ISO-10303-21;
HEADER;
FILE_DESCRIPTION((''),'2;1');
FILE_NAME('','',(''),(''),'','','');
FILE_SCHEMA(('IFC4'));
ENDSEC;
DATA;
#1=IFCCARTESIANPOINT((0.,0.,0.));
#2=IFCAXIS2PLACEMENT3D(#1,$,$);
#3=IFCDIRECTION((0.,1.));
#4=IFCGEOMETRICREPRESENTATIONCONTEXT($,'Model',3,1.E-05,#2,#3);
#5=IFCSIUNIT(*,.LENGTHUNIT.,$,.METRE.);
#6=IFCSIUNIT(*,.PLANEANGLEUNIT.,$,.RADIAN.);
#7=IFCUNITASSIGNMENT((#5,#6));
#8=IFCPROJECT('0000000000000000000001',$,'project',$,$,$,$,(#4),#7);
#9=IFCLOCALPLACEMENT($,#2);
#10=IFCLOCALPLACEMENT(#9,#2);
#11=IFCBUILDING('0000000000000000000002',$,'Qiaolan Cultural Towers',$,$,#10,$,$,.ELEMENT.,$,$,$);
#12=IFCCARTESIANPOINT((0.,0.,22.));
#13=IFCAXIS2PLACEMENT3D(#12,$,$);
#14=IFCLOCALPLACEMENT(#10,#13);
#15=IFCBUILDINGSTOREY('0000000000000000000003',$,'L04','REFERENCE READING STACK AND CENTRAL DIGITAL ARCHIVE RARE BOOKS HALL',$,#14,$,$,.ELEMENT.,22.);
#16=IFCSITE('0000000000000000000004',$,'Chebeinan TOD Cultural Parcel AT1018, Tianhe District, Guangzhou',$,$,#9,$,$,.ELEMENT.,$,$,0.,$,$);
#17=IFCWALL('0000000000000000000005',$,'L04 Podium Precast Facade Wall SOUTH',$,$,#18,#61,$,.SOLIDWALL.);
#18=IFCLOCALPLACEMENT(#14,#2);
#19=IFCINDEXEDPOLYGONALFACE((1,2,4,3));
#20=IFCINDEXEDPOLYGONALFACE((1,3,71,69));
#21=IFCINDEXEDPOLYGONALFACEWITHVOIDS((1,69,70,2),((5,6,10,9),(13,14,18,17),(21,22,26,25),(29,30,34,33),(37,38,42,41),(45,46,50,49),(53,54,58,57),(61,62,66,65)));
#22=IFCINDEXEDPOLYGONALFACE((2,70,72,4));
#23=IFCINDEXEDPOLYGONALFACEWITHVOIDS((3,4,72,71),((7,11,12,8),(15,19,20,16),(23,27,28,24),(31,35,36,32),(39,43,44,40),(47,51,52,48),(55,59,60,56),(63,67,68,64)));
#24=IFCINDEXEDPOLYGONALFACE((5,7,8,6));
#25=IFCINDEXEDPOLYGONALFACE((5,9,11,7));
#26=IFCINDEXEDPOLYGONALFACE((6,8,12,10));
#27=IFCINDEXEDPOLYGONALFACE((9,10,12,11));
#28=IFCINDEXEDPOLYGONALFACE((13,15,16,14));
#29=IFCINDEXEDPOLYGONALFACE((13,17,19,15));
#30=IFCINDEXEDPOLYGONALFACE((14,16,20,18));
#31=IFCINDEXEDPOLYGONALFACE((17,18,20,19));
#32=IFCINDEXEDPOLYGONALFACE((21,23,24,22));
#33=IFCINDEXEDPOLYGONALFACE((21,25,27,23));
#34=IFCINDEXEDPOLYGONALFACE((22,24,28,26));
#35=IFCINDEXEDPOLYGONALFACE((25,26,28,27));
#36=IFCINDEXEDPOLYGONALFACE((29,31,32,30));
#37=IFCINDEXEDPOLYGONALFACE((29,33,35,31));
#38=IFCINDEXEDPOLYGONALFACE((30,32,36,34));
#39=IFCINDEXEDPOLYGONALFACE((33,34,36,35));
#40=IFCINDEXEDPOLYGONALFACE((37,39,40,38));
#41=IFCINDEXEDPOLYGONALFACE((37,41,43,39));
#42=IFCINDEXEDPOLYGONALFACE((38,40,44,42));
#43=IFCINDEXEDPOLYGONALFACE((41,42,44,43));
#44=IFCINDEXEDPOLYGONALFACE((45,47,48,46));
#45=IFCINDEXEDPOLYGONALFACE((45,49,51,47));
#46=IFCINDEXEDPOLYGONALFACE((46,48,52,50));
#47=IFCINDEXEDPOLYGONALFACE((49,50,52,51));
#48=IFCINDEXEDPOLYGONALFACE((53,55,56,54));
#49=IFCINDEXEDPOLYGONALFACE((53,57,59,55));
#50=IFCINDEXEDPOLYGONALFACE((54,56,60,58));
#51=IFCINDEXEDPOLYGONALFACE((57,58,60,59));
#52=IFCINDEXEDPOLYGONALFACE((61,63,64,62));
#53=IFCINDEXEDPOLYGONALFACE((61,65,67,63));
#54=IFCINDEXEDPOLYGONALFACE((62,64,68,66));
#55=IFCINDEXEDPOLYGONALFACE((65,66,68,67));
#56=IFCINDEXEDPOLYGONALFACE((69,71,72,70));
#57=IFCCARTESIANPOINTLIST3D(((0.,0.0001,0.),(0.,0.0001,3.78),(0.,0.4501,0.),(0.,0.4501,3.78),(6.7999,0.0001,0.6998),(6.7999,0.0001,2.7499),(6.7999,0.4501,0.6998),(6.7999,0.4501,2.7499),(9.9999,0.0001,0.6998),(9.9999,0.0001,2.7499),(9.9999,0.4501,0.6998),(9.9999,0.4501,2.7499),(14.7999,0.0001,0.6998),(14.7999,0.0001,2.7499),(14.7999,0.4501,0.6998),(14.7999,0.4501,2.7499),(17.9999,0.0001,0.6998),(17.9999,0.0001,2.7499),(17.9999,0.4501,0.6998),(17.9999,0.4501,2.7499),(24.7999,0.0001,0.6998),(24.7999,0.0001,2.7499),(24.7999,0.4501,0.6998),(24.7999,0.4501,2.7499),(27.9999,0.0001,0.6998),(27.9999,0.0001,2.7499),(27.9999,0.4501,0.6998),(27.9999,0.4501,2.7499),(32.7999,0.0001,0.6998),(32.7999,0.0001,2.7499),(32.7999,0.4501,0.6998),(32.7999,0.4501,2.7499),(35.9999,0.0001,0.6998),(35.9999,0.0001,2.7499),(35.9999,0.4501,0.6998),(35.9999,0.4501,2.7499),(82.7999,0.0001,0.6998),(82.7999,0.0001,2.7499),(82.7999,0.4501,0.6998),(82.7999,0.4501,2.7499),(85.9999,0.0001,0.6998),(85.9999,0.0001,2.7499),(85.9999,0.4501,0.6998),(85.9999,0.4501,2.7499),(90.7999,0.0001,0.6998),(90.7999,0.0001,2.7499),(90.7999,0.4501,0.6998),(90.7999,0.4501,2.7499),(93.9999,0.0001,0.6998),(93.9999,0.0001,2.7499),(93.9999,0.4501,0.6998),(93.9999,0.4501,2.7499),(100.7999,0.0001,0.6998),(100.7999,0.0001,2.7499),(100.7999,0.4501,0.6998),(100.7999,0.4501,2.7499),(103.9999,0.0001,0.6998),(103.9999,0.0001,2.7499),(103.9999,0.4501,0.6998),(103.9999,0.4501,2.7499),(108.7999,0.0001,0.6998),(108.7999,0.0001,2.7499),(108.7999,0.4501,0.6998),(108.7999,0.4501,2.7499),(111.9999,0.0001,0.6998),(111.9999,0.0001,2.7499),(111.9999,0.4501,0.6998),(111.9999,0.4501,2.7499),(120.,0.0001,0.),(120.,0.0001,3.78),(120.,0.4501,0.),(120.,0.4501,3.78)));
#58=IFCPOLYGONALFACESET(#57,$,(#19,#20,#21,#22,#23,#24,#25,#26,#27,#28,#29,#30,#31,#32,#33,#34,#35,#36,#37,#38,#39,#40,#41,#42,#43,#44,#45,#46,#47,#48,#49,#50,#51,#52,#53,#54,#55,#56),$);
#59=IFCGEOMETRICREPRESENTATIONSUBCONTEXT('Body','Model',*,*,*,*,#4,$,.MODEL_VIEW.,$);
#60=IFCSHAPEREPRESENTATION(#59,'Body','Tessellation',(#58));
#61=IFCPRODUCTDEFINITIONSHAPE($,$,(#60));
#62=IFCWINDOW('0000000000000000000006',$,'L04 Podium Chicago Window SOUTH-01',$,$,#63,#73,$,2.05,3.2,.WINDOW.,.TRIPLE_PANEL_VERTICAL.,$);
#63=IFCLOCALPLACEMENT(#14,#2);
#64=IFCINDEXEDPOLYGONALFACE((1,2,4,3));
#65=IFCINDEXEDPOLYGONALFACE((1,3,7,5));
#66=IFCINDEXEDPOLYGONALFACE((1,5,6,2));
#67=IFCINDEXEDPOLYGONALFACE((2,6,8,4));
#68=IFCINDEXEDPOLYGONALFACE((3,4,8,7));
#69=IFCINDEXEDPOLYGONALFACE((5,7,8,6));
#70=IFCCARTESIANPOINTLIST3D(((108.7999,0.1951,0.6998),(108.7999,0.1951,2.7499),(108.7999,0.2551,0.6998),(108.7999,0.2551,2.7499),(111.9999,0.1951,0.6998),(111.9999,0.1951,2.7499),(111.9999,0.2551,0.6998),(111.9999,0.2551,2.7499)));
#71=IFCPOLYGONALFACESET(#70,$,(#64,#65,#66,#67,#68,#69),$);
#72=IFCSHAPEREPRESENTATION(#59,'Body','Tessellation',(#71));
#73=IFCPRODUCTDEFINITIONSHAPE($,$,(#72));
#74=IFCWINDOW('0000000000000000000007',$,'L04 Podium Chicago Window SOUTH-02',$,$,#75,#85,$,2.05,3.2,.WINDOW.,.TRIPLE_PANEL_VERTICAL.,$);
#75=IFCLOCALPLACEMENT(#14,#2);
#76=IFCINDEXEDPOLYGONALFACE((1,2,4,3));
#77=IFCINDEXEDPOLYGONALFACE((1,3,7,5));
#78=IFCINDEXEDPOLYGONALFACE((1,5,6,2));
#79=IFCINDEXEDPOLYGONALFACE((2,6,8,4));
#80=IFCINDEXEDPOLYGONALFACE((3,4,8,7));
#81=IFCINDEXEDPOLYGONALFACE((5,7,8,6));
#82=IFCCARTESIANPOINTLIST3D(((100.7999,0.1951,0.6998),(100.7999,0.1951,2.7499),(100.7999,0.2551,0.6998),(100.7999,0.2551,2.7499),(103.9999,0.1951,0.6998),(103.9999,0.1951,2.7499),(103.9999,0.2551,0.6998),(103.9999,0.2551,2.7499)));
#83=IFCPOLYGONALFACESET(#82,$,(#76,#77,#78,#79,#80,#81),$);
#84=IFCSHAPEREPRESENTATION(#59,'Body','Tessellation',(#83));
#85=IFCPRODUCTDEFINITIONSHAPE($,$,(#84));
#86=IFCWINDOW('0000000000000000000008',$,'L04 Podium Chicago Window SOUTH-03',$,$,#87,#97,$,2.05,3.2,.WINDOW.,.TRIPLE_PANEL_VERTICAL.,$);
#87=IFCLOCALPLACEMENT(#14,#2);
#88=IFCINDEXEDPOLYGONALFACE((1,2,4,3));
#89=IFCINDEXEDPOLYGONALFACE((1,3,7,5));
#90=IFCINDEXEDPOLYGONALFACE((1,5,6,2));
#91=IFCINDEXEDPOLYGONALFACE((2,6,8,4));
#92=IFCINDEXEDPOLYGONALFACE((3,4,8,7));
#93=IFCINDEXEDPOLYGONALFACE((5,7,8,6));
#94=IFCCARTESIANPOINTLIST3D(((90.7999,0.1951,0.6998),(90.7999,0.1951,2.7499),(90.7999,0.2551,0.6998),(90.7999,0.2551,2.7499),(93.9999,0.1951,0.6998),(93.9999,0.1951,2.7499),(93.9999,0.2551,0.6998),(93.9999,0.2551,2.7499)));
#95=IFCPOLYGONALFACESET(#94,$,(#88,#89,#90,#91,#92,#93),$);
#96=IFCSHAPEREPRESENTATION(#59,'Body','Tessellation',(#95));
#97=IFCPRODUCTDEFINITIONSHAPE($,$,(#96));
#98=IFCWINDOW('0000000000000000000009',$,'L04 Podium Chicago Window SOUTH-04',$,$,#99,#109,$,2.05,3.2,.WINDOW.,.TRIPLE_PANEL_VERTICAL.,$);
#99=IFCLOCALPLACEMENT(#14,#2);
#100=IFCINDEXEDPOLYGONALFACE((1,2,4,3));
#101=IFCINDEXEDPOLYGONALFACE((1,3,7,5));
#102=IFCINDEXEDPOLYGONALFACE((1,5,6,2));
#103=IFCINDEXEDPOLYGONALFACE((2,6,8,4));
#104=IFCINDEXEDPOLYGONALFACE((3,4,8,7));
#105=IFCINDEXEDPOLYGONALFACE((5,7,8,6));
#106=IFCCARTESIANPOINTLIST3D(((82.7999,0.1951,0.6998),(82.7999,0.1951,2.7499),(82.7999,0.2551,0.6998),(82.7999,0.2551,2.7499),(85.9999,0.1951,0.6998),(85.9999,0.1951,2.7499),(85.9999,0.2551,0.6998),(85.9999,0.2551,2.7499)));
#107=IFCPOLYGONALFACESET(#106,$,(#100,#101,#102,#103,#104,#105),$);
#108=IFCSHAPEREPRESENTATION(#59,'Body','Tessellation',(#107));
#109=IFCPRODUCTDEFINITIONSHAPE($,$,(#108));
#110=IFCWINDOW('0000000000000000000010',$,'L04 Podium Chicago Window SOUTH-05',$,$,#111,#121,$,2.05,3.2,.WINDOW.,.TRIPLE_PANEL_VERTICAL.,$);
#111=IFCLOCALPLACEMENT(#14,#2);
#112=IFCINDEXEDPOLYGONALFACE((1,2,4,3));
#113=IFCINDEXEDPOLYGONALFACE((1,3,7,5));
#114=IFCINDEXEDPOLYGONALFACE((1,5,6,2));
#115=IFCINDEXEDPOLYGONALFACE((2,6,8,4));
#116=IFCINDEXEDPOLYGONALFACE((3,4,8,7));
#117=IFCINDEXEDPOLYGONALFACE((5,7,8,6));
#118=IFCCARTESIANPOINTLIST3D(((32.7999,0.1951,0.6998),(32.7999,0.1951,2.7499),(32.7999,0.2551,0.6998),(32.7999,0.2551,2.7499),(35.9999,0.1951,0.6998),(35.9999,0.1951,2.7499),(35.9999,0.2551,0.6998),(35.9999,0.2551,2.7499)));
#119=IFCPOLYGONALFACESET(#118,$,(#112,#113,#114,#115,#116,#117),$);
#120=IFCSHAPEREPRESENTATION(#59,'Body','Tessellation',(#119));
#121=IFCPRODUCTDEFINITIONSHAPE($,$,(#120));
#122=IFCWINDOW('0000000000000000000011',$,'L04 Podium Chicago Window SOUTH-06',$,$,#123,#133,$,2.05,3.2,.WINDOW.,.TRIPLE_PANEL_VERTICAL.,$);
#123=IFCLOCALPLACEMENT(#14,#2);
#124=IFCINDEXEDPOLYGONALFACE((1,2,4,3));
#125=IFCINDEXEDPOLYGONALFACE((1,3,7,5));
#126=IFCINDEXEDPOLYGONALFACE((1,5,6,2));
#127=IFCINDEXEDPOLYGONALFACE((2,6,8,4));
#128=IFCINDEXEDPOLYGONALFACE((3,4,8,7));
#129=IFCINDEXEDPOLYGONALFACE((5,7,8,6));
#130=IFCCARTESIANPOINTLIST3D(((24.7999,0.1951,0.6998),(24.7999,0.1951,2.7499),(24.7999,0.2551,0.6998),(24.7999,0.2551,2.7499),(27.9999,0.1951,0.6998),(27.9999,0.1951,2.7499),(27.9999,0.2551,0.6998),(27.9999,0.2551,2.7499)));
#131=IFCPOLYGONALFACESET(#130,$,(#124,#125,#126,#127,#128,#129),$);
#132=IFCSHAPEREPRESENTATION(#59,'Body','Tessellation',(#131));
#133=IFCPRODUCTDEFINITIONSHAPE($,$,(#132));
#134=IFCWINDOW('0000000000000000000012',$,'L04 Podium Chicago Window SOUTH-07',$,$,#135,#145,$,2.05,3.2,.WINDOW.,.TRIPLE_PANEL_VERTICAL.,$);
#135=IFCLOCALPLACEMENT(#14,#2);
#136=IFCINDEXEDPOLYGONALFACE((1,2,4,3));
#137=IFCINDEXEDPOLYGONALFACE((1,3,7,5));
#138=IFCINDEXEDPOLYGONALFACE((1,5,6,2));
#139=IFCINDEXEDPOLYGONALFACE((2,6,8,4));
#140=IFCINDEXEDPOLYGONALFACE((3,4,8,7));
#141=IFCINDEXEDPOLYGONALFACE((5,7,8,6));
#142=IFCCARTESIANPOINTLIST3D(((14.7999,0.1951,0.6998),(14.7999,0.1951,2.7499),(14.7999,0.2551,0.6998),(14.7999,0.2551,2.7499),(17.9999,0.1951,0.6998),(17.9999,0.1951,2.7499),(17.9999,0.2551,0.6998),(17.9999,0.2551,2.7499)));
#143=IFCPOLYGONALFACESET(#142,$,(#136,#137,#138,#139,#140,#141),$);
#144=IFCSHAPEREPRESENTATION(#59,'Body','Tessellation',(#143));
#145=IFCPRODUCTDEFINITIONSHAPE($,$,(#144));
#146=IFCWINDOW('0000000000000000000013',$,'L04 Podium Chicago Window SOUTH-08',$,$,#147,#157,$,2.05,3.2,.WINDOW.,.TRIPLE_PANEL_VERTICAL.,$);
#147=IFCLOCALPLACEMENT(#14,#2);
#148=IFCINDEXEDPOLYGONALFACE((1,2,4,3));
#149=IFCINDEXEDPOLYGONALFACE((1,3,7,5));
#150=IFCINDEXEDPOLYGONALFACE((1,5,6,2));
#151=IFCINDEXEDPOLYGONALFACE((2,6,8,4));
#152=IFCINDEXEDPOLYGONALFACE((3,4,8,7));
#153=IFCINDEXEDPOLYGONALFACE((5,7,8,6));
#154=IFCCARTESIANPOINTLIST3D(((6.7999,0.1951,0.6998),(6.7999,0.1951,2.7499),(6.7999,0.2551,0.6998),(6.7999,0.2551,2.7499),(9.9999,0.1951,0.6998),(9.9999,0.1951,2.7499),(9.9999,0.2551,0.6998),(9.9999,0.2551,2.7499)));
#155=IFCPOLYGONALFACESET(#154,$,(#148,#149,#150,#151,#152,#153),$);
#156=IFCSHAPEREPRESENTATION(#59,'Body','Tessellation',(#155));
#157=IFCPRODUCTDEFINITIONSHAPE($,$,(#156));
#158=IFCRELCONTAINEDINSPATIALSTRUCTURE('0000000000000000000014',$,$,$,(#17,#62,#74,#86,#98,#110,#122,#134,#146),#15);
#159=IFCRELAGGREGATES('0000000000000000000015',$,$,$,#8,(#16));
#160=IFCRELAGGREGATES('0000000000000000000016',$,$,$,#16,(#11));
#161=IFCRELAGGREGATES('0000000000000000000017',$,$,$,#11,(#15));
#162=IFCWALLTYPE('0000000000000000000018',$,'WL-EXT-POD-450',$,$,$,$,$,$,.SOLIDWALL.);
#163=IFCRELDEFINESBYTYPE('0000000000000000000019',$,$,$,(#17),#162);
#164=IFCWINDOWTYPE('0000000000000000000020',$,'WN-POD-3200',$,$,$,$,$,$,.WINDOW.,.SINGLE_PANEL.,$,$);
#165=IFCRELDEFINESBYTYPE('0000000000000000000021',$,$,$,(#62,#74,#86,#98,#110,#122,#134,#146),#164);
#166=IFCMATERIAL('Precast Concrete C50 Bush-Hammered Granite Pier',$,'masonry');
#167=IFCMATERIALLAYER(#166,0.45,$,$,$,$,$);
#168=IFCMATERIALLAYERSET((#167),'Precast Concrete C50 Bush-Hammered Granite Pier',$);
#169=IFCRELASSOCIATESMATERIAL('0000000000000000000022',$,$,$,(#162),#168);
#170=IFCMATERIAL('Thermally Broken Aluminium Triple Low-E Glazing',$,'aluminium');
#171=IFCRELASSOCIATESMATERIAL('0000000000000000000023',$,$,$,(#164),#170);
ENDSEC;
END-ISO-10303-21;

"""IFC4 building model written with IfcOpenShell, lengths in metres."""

from ifc_helpers import new_model, si_unit, direction, frame, frame_2d, origin, place, context, subcontext, project, spatial, rectangle, extrude, material, layer, layer_set, type_object, element, fill, save


model = new_model("IFC4")

# Units and contexts
model_context = context("Model", 3, precision=1e-05, world=origin(), true_north=direction((0.0, 1.0)))
body_context = subcontext(model_context, "Body", "Model", "MODEL_VIEW")
ifc_project = project(units=[si_unit("LENGTHUNIT", "METRE"), si_unit("PLANEANGLEUNIT", "RADIAN")], contexts=[model_context])

# Site, building, storey
site_placement = place(None, origin())
site = spatial("IfcSite", under=ifc_project, at=site_placement, Name="Chebeinan TOD Cultural Parcel AT1018, Tianhe District, Guangzhou", CompositionType="ELEMENT", RefElevation=0.0)
building_placement = place(site_placement, origin())
building = spatial("IfcBuilding", under=site, at=building_placement, Name="Qiaolan Cultural Towers", CompositionType="ELEMENT")
storey_placement = place(building_placement, frame((0.0, 0.0, 22.0)))
storey = spatial("IfcBuildingStorey", under=building, at=storey_placement, Name="L04", Description="REFERENCE READING STACK AND CENTRAL DIGITAL ARCHIVE RARE BOOKS HALL", CompositionType="ELEMENT", Elevation=22.0)

# Wall, openings, windows
ifc_material_1 = material(Name="Precast Concrete C50 Bush-Hammered Granite Pier", Category="masonry")
ifc_layer_1 = layer(ifc_material_1, 0.45)
ifc_layer_set_1 = layer_set([ifc_layer_1], Name="Precast Concrete C50 Bush-Hammered Granite Pier")
wall_type_1 = type_object("IfcWallType", Name="WL-EXT-POD-450", PredefinedType="SOLIDWALL", material=ifc_layer_set_1)
wall_1_placement = place(storey_placement, frame((120.0, 0.2251, 0.0), z_axis=(0.0, 0.0, 1.0), x_axis=(-1.0, 0.0, 0.0)))
wall_1 = element("IfcWall", 1, at=wall_1_placement, inside=storey, type_object=wall_type_1, Name="L04 Podium Precast Facade Wall SOUTH", PredefinedType="SOLIDWALL", context=body_context, shape_type="SweptSolid", body=[
    extrude(rectangle(XDim=120.0, YDim=0.45, at=frame_2d((60.0, 0.0))), origin(), (0.0, 0.0, 1.0), 3.78),
])
opening_1_placement = place(wall_1_placement, frame((8.0, 0.0, 0.7)))
opening_1 = element("IfcOpeningElement", 2, at=opening_1_placement, cuts=wall_1, PredefinedType="OPENING", context=body_context, shape_type="SweptSolid", body=[
    extrude(rectangle(XDim=3.2, YDim=2.05, at=frame_2d((1.6001, 1.0249))), frame((0.0, 0.2349, 0.0), z_axis=(0.0, -1.0, 0.0), x_axis=(1.0, 0.0, 0.0)), (0.0, 0.0, 1.0), 0.47),
])
opening_2_placement = place(wall_1_placement, frame((16.0, 0.0, 0.7)))
opening_2 = element("IfcOpeningElement", 3, at=opening_2_placement, cuts=wall_1, PredefinedType="OPENING", context=body_context, shape_type="SweptSolid", body=[
    extrude(rectangle(XDim=3.2, YDim=2.05, at=frame_2d((1.6001, 1.0249))), frame((0.0, 0.2349, 0.0), z_axis=(0.0, -1.0, 0.0), x_axis=(1.0, 0.0, 0.0)), (0.0, 0.0, 1.0), 0.47),
])
opening_3_placement = place(wall_1_placement, frame((26.0, 0.0, 0.7)))
opening_3 = element("IfcOpeningElement", 4, at=opening_3_placement, cuts=wall_1, PredefinedType="OPENING", context=body_context, shape_type="SweptSolid", body=[
    extrude(rectangle(XDim=3.2, YDim=2.05, at=frame_2d((1.6001, 1.0249))), frame((0.0, 0.2349, 0.0), z_axis=(0.0, -1.0, 0.0), x_axis=(1.0, 0.0, 0.0)), (0.0, 0.0, 1.0), 0.47),
])
opening_4_placement = place(wall_1_placement, frame((34.0, 0.0, 0.7)))
opening_4 = element("IfcOpeningElement", 5, at=opening_4_placement, cuts=wall_1, PredefinedType="OPENING", context=body_context, shape_type="SweptSolid", body=[
    extrude(rectangle(XDim=3.2, YDim=2.05, at=frame_2d((1.6001, 1.0249))), frame((0.0, 0.2349, 0.0), z_axis=(0.0, -1.0, 0.0), x_axis=(1.0, 0.0, 0.0)), (0.0, 0.0, 1.0), 0.47),
])
opening_5_placement = place(wall_1_placement, frame((84.0, 0.0, 0.7)))
opening_5 = element("IfcOpeningElement", 6, at=opening_5_placement, cuts=wall_1, PredefinedType="OPENING", context=body_context, shape_type="SweptSolid", body=[
    extrude(rectangle(XDim=3.2, YDim=2.05, at=frame_2d((1.6001, 1.0249))), frame((0.0, 0.2349, 0.0), z_axis=(0.0, -1.0, 0.0), x_axis=(1.0, 0.0, 0.0)), (0.0, 0.0, 1.0), 0.47),
])
opening_6_placement = place(wall_1_placement, frame((92.0, 0.0, 0.7)))
opening_6 = element("IfcOpeningElement", 7, at=opening_6_placement, cuts=wall_1, PredefinedType="OPENING", context=body_context, shape_type="SweptSolid", body=[
    extrude(rectangle(XDim=3.2, YDim=2.05, at=frame_2d((1.6001, 1.0249))), frame((0.0, 0.2349, 0.0), z_axis=(0.0, -1.0, 0.0), x_axis=(1.0, 0.0, 0.0)), (0.0, 0.0, 1.0), 0.47),
])
opening_7_placement = place(wall_1_placement, frame((102.0, 0.0, 0.7)))
opening_7 = element("IfcOpeningElement", 8, at=opening_7_placement, cuts=wall_1, PredefinedType="OPENING", context=body_context, shape_type="SweptSolid", body=[
    extrude(rectangle(XDim=3.2, YDim=2.05, at=frame_2d((1.6001, 1.0249))), frame((0.0, 0.2349, 0.0), z_axis=(0.0, -1.0, 0.0), x_axis=(1.0, 0.0, 0.0)), (0.0, 0.0, 1.0), 0.47),
])
opening_8_placement = place(wall_1_placement, frame((110.0, 0.0, 0.7)))
opening_8 = element("IfcOpeningElement", 9, at=opening_8_placement, cuts=wall_1, PredefinedType="OPENING", context=body_context, shape_type="SweptSolid", body=[
    extrude(rectangle(XDim=3.2, YDim=2.05, at=frame_2d((1.6001, 1.0249))), frame((0.0, 0.2349, 0.0), z_axis=(0.0, -1.0, 0.0), x_axis=(1.0, 0.0, 0.0)), (0.0, 0.0, 1.0), 0.47),
])
ifc_material_2 = material(Name="Thermally Broken Aluminium Triple Low-E Glazing", Category="aluminium")
window_type = type_object("IfcWindowType", Name="WN-POD-3200", PartitioningType="SINGLE_PANEL", PredefinedType="WINDOW", material=ifc_material_2)
window_1_placement = place(opening_1_placement, origin())
window_1 = element("IfcWindow", 10, at=window_1_placement, inside=storey, type_object=window_type, Name="L04 Podium Chicago Window SOUTH-01", OverallHeight=2.05, OverallWidth=3.2, PartitioningType="TRIPLE_PANEL_VERTICAL", PredefinedType="WINDOW", context=body_context, shape_type="SweptSolid", body=[
    extrude(rectangle(XDim=3.2, YDim=2.05, at=frame_2d((1.6001, 1.0249))), frame((0.0, 0.03, 0.0), z_axis=(0.0, -1.0, 0.0), x_axis=(1.0, 0.0, 0.0)), (0.0, 0.0, 1.0), 0.0601),
])
fill(opening_1, window_1)
window_2_placement = place(opening_2_placement, origin())
window_2 = element("IfcWindow", 11, at=window_2_placement, inside=storey, type_object=window_type, Name="L04 Podium Chicago Window SOUTH-02", OverallHeight=2.05, OverallWidth=3.2, PartitioningType="TRIPLE_PANEL_VERTICAL", PredefinedType="WINDOW", context=body_context, shape_type="SweptSolid", body=[
    extrude(rectangle(XDim=3.2, YDim=2.05, at=frame_2d((1.6001, 1.0249))), frame((0.0, 0.03, 0.0), z_axis=(0.0, -1.0, 0.0), x_axis=(1.0, 0.0, 0.0)), (0.0, 0.0, 1.0), 0.0601),
])
fill(opening_2, window_2)
window_3_placement = place(opening_3_placement, origin())
window_3 = element("IfcWindow", 12, at=window_3_placement, inside=storey, type_object=window_type, Name="L04 Podium Chicago Window SOUTH-03", OverallHeight=2.05, OverallWidth=3.2, PartitioningType="TRIPLE_PANEL_VERTICAL", PredefinedType="WINDOW", context=body_context, shape_type="SweptSolid", body=[
    extrude(rectangle(XDim=3.2, YDim=2.05, at=frame_2d((1.6001, 1.0249))), frame((0.0, 0.03, 0.0), z_axis=(0.0, -1.0, 0.0), x_axis=(1.0, 0.0, 0.0)), (0.0, 0.0, 1.0), 0.0601),
])
fill(opening_3, window_3)
window_4_placement = place(opening_4_placement, origin())
window_4 = element("IfcWindow", 13, at=window_4_placement, inside=storey, type_object=window_type, Name="L04 Podium Chicago Window SOUTH-04", OverallHeight=2.05, OverallWidth=3.2, PartitioningType="TRIPLE_PANEL_VERTICAL", PredefinedType="WINDOW", context=body_context, shape_type="SweptSolid", body=[
    extrude(rectangle(XDim=3.2, YDim=2.05, at=frame_2d((1.6001, 1.0249))), frame((0.0, 0.03, 0.0), z_axis=(0.0, -1.0, 0.0), x_axis=(1.0, 0.0, 0.0)), (0.0, 0.0, 1.0), 0.0601),
])
fill(opening_4, window_4)
window_5_placement = place(opening_5_placement, origin())
window_5 = element("IfcWindow", 14, at=window_5_placement, inside=storey, type_object=window_type, Name="L04 Podium Chicago Window SOUTH-05", OverallHeight=2.05, OverallWidth=3.2, PartitioningType="TRIPLE_PANEL_VERTICAL", PredefinedType="WINDOW", context=body_context, shape_type="SweptSolid", body=[
    extrude(rectangle(XDim=3.2, YDim=2.05, at=frame_2d((1.6001, 1.0249))), frame((0.0, 0.03, 0.0), z_axis=(0.0, -1.0, 0.0), x_axis=(1.0, 0.0, 0.0)), (0.0, 0.0, 1.0), 0.0601),
])
fill(opening_5, window_5)
window_6_placement = place(opening_6_placement, origin())
window_6 = element("IfcWindow", 15, at=window_6_placement, inside=storey, type_object=window_type, Name="L04 Podium Chicago Window SOUTH-06", OverallHeight=2.05, OverallWidth=3.2, PartitioningType="TRIPLE_PANEL_VERTICAL", PredefinedType="WINDOW", context=body_context, shape_type="SweptSolid", body=[
    extrude(rectangle(XDim=3.2, YDim=2.05, at=frame_2d((1.6001, 1.0249))), frame((0.0, 0.03, 0.0), z_axis=(0.0, -1.0, 0.0), x_axis=(1.0, 0.0, 0.0)), (0.0, 0.0, 1.0), 0.0601),
])
fill(opening_6, window_6)
window_7_placement = place(opening_7_placement, origin())
window_7 = element("IfcWindow", 16, at=window_7_placement, inside=storey, type_object=window_type, Name="L04 Podium Chicago Window SOUTH-07", OverallHeight=2.05, OverallWidth=3.2, PartitioningType="TRIPLE_PANEL_VERTICAL", PredefinedType="WINDOW", context=body_context, shape_type="SweptSolid", body=[
    extrude(rectangle(XDim=3.2, YDim=2.05, at=frame_2d((1.6001, 1.0249))), frame((0.0, 0.03, 0.0), z_axis=(0.0, -1.0, 0.0), x_axis=(1.0, 0.0, 0.0)), (0.0, 0.0, 1.0), 0.0601),
])
fill(opening_7, window_7)
window_8_placement = place(opening_8_placement, origin())
window_8 = element("IfcWindow", 17, at=window_8_placement, inside=storey, type_object=window_type, Name="L04 Podium Chicago Window SOUTH-08", OverallHeight=2.05, OverallWidth=3.2, PartitioningType="TRIPLE_PANEL_VERTICAL", PredefinedType="WINDOW", context=body_context, shape_type="SweptSolid", body=[
    extrude(rectangle(XDim=3.2, YDim=2.05, at=frame_2d((1.6001, 1.0249))), frame((0.0, 0.03, 0.0), z_axis=(0.0, -1.0, 0.0), x_axis=(1.0, 0.0, 0.0)), (0.0, 0.0, 1.0), 0.0601),
])
fill(opening_8, window_8)

save(model, "model.ifc")
